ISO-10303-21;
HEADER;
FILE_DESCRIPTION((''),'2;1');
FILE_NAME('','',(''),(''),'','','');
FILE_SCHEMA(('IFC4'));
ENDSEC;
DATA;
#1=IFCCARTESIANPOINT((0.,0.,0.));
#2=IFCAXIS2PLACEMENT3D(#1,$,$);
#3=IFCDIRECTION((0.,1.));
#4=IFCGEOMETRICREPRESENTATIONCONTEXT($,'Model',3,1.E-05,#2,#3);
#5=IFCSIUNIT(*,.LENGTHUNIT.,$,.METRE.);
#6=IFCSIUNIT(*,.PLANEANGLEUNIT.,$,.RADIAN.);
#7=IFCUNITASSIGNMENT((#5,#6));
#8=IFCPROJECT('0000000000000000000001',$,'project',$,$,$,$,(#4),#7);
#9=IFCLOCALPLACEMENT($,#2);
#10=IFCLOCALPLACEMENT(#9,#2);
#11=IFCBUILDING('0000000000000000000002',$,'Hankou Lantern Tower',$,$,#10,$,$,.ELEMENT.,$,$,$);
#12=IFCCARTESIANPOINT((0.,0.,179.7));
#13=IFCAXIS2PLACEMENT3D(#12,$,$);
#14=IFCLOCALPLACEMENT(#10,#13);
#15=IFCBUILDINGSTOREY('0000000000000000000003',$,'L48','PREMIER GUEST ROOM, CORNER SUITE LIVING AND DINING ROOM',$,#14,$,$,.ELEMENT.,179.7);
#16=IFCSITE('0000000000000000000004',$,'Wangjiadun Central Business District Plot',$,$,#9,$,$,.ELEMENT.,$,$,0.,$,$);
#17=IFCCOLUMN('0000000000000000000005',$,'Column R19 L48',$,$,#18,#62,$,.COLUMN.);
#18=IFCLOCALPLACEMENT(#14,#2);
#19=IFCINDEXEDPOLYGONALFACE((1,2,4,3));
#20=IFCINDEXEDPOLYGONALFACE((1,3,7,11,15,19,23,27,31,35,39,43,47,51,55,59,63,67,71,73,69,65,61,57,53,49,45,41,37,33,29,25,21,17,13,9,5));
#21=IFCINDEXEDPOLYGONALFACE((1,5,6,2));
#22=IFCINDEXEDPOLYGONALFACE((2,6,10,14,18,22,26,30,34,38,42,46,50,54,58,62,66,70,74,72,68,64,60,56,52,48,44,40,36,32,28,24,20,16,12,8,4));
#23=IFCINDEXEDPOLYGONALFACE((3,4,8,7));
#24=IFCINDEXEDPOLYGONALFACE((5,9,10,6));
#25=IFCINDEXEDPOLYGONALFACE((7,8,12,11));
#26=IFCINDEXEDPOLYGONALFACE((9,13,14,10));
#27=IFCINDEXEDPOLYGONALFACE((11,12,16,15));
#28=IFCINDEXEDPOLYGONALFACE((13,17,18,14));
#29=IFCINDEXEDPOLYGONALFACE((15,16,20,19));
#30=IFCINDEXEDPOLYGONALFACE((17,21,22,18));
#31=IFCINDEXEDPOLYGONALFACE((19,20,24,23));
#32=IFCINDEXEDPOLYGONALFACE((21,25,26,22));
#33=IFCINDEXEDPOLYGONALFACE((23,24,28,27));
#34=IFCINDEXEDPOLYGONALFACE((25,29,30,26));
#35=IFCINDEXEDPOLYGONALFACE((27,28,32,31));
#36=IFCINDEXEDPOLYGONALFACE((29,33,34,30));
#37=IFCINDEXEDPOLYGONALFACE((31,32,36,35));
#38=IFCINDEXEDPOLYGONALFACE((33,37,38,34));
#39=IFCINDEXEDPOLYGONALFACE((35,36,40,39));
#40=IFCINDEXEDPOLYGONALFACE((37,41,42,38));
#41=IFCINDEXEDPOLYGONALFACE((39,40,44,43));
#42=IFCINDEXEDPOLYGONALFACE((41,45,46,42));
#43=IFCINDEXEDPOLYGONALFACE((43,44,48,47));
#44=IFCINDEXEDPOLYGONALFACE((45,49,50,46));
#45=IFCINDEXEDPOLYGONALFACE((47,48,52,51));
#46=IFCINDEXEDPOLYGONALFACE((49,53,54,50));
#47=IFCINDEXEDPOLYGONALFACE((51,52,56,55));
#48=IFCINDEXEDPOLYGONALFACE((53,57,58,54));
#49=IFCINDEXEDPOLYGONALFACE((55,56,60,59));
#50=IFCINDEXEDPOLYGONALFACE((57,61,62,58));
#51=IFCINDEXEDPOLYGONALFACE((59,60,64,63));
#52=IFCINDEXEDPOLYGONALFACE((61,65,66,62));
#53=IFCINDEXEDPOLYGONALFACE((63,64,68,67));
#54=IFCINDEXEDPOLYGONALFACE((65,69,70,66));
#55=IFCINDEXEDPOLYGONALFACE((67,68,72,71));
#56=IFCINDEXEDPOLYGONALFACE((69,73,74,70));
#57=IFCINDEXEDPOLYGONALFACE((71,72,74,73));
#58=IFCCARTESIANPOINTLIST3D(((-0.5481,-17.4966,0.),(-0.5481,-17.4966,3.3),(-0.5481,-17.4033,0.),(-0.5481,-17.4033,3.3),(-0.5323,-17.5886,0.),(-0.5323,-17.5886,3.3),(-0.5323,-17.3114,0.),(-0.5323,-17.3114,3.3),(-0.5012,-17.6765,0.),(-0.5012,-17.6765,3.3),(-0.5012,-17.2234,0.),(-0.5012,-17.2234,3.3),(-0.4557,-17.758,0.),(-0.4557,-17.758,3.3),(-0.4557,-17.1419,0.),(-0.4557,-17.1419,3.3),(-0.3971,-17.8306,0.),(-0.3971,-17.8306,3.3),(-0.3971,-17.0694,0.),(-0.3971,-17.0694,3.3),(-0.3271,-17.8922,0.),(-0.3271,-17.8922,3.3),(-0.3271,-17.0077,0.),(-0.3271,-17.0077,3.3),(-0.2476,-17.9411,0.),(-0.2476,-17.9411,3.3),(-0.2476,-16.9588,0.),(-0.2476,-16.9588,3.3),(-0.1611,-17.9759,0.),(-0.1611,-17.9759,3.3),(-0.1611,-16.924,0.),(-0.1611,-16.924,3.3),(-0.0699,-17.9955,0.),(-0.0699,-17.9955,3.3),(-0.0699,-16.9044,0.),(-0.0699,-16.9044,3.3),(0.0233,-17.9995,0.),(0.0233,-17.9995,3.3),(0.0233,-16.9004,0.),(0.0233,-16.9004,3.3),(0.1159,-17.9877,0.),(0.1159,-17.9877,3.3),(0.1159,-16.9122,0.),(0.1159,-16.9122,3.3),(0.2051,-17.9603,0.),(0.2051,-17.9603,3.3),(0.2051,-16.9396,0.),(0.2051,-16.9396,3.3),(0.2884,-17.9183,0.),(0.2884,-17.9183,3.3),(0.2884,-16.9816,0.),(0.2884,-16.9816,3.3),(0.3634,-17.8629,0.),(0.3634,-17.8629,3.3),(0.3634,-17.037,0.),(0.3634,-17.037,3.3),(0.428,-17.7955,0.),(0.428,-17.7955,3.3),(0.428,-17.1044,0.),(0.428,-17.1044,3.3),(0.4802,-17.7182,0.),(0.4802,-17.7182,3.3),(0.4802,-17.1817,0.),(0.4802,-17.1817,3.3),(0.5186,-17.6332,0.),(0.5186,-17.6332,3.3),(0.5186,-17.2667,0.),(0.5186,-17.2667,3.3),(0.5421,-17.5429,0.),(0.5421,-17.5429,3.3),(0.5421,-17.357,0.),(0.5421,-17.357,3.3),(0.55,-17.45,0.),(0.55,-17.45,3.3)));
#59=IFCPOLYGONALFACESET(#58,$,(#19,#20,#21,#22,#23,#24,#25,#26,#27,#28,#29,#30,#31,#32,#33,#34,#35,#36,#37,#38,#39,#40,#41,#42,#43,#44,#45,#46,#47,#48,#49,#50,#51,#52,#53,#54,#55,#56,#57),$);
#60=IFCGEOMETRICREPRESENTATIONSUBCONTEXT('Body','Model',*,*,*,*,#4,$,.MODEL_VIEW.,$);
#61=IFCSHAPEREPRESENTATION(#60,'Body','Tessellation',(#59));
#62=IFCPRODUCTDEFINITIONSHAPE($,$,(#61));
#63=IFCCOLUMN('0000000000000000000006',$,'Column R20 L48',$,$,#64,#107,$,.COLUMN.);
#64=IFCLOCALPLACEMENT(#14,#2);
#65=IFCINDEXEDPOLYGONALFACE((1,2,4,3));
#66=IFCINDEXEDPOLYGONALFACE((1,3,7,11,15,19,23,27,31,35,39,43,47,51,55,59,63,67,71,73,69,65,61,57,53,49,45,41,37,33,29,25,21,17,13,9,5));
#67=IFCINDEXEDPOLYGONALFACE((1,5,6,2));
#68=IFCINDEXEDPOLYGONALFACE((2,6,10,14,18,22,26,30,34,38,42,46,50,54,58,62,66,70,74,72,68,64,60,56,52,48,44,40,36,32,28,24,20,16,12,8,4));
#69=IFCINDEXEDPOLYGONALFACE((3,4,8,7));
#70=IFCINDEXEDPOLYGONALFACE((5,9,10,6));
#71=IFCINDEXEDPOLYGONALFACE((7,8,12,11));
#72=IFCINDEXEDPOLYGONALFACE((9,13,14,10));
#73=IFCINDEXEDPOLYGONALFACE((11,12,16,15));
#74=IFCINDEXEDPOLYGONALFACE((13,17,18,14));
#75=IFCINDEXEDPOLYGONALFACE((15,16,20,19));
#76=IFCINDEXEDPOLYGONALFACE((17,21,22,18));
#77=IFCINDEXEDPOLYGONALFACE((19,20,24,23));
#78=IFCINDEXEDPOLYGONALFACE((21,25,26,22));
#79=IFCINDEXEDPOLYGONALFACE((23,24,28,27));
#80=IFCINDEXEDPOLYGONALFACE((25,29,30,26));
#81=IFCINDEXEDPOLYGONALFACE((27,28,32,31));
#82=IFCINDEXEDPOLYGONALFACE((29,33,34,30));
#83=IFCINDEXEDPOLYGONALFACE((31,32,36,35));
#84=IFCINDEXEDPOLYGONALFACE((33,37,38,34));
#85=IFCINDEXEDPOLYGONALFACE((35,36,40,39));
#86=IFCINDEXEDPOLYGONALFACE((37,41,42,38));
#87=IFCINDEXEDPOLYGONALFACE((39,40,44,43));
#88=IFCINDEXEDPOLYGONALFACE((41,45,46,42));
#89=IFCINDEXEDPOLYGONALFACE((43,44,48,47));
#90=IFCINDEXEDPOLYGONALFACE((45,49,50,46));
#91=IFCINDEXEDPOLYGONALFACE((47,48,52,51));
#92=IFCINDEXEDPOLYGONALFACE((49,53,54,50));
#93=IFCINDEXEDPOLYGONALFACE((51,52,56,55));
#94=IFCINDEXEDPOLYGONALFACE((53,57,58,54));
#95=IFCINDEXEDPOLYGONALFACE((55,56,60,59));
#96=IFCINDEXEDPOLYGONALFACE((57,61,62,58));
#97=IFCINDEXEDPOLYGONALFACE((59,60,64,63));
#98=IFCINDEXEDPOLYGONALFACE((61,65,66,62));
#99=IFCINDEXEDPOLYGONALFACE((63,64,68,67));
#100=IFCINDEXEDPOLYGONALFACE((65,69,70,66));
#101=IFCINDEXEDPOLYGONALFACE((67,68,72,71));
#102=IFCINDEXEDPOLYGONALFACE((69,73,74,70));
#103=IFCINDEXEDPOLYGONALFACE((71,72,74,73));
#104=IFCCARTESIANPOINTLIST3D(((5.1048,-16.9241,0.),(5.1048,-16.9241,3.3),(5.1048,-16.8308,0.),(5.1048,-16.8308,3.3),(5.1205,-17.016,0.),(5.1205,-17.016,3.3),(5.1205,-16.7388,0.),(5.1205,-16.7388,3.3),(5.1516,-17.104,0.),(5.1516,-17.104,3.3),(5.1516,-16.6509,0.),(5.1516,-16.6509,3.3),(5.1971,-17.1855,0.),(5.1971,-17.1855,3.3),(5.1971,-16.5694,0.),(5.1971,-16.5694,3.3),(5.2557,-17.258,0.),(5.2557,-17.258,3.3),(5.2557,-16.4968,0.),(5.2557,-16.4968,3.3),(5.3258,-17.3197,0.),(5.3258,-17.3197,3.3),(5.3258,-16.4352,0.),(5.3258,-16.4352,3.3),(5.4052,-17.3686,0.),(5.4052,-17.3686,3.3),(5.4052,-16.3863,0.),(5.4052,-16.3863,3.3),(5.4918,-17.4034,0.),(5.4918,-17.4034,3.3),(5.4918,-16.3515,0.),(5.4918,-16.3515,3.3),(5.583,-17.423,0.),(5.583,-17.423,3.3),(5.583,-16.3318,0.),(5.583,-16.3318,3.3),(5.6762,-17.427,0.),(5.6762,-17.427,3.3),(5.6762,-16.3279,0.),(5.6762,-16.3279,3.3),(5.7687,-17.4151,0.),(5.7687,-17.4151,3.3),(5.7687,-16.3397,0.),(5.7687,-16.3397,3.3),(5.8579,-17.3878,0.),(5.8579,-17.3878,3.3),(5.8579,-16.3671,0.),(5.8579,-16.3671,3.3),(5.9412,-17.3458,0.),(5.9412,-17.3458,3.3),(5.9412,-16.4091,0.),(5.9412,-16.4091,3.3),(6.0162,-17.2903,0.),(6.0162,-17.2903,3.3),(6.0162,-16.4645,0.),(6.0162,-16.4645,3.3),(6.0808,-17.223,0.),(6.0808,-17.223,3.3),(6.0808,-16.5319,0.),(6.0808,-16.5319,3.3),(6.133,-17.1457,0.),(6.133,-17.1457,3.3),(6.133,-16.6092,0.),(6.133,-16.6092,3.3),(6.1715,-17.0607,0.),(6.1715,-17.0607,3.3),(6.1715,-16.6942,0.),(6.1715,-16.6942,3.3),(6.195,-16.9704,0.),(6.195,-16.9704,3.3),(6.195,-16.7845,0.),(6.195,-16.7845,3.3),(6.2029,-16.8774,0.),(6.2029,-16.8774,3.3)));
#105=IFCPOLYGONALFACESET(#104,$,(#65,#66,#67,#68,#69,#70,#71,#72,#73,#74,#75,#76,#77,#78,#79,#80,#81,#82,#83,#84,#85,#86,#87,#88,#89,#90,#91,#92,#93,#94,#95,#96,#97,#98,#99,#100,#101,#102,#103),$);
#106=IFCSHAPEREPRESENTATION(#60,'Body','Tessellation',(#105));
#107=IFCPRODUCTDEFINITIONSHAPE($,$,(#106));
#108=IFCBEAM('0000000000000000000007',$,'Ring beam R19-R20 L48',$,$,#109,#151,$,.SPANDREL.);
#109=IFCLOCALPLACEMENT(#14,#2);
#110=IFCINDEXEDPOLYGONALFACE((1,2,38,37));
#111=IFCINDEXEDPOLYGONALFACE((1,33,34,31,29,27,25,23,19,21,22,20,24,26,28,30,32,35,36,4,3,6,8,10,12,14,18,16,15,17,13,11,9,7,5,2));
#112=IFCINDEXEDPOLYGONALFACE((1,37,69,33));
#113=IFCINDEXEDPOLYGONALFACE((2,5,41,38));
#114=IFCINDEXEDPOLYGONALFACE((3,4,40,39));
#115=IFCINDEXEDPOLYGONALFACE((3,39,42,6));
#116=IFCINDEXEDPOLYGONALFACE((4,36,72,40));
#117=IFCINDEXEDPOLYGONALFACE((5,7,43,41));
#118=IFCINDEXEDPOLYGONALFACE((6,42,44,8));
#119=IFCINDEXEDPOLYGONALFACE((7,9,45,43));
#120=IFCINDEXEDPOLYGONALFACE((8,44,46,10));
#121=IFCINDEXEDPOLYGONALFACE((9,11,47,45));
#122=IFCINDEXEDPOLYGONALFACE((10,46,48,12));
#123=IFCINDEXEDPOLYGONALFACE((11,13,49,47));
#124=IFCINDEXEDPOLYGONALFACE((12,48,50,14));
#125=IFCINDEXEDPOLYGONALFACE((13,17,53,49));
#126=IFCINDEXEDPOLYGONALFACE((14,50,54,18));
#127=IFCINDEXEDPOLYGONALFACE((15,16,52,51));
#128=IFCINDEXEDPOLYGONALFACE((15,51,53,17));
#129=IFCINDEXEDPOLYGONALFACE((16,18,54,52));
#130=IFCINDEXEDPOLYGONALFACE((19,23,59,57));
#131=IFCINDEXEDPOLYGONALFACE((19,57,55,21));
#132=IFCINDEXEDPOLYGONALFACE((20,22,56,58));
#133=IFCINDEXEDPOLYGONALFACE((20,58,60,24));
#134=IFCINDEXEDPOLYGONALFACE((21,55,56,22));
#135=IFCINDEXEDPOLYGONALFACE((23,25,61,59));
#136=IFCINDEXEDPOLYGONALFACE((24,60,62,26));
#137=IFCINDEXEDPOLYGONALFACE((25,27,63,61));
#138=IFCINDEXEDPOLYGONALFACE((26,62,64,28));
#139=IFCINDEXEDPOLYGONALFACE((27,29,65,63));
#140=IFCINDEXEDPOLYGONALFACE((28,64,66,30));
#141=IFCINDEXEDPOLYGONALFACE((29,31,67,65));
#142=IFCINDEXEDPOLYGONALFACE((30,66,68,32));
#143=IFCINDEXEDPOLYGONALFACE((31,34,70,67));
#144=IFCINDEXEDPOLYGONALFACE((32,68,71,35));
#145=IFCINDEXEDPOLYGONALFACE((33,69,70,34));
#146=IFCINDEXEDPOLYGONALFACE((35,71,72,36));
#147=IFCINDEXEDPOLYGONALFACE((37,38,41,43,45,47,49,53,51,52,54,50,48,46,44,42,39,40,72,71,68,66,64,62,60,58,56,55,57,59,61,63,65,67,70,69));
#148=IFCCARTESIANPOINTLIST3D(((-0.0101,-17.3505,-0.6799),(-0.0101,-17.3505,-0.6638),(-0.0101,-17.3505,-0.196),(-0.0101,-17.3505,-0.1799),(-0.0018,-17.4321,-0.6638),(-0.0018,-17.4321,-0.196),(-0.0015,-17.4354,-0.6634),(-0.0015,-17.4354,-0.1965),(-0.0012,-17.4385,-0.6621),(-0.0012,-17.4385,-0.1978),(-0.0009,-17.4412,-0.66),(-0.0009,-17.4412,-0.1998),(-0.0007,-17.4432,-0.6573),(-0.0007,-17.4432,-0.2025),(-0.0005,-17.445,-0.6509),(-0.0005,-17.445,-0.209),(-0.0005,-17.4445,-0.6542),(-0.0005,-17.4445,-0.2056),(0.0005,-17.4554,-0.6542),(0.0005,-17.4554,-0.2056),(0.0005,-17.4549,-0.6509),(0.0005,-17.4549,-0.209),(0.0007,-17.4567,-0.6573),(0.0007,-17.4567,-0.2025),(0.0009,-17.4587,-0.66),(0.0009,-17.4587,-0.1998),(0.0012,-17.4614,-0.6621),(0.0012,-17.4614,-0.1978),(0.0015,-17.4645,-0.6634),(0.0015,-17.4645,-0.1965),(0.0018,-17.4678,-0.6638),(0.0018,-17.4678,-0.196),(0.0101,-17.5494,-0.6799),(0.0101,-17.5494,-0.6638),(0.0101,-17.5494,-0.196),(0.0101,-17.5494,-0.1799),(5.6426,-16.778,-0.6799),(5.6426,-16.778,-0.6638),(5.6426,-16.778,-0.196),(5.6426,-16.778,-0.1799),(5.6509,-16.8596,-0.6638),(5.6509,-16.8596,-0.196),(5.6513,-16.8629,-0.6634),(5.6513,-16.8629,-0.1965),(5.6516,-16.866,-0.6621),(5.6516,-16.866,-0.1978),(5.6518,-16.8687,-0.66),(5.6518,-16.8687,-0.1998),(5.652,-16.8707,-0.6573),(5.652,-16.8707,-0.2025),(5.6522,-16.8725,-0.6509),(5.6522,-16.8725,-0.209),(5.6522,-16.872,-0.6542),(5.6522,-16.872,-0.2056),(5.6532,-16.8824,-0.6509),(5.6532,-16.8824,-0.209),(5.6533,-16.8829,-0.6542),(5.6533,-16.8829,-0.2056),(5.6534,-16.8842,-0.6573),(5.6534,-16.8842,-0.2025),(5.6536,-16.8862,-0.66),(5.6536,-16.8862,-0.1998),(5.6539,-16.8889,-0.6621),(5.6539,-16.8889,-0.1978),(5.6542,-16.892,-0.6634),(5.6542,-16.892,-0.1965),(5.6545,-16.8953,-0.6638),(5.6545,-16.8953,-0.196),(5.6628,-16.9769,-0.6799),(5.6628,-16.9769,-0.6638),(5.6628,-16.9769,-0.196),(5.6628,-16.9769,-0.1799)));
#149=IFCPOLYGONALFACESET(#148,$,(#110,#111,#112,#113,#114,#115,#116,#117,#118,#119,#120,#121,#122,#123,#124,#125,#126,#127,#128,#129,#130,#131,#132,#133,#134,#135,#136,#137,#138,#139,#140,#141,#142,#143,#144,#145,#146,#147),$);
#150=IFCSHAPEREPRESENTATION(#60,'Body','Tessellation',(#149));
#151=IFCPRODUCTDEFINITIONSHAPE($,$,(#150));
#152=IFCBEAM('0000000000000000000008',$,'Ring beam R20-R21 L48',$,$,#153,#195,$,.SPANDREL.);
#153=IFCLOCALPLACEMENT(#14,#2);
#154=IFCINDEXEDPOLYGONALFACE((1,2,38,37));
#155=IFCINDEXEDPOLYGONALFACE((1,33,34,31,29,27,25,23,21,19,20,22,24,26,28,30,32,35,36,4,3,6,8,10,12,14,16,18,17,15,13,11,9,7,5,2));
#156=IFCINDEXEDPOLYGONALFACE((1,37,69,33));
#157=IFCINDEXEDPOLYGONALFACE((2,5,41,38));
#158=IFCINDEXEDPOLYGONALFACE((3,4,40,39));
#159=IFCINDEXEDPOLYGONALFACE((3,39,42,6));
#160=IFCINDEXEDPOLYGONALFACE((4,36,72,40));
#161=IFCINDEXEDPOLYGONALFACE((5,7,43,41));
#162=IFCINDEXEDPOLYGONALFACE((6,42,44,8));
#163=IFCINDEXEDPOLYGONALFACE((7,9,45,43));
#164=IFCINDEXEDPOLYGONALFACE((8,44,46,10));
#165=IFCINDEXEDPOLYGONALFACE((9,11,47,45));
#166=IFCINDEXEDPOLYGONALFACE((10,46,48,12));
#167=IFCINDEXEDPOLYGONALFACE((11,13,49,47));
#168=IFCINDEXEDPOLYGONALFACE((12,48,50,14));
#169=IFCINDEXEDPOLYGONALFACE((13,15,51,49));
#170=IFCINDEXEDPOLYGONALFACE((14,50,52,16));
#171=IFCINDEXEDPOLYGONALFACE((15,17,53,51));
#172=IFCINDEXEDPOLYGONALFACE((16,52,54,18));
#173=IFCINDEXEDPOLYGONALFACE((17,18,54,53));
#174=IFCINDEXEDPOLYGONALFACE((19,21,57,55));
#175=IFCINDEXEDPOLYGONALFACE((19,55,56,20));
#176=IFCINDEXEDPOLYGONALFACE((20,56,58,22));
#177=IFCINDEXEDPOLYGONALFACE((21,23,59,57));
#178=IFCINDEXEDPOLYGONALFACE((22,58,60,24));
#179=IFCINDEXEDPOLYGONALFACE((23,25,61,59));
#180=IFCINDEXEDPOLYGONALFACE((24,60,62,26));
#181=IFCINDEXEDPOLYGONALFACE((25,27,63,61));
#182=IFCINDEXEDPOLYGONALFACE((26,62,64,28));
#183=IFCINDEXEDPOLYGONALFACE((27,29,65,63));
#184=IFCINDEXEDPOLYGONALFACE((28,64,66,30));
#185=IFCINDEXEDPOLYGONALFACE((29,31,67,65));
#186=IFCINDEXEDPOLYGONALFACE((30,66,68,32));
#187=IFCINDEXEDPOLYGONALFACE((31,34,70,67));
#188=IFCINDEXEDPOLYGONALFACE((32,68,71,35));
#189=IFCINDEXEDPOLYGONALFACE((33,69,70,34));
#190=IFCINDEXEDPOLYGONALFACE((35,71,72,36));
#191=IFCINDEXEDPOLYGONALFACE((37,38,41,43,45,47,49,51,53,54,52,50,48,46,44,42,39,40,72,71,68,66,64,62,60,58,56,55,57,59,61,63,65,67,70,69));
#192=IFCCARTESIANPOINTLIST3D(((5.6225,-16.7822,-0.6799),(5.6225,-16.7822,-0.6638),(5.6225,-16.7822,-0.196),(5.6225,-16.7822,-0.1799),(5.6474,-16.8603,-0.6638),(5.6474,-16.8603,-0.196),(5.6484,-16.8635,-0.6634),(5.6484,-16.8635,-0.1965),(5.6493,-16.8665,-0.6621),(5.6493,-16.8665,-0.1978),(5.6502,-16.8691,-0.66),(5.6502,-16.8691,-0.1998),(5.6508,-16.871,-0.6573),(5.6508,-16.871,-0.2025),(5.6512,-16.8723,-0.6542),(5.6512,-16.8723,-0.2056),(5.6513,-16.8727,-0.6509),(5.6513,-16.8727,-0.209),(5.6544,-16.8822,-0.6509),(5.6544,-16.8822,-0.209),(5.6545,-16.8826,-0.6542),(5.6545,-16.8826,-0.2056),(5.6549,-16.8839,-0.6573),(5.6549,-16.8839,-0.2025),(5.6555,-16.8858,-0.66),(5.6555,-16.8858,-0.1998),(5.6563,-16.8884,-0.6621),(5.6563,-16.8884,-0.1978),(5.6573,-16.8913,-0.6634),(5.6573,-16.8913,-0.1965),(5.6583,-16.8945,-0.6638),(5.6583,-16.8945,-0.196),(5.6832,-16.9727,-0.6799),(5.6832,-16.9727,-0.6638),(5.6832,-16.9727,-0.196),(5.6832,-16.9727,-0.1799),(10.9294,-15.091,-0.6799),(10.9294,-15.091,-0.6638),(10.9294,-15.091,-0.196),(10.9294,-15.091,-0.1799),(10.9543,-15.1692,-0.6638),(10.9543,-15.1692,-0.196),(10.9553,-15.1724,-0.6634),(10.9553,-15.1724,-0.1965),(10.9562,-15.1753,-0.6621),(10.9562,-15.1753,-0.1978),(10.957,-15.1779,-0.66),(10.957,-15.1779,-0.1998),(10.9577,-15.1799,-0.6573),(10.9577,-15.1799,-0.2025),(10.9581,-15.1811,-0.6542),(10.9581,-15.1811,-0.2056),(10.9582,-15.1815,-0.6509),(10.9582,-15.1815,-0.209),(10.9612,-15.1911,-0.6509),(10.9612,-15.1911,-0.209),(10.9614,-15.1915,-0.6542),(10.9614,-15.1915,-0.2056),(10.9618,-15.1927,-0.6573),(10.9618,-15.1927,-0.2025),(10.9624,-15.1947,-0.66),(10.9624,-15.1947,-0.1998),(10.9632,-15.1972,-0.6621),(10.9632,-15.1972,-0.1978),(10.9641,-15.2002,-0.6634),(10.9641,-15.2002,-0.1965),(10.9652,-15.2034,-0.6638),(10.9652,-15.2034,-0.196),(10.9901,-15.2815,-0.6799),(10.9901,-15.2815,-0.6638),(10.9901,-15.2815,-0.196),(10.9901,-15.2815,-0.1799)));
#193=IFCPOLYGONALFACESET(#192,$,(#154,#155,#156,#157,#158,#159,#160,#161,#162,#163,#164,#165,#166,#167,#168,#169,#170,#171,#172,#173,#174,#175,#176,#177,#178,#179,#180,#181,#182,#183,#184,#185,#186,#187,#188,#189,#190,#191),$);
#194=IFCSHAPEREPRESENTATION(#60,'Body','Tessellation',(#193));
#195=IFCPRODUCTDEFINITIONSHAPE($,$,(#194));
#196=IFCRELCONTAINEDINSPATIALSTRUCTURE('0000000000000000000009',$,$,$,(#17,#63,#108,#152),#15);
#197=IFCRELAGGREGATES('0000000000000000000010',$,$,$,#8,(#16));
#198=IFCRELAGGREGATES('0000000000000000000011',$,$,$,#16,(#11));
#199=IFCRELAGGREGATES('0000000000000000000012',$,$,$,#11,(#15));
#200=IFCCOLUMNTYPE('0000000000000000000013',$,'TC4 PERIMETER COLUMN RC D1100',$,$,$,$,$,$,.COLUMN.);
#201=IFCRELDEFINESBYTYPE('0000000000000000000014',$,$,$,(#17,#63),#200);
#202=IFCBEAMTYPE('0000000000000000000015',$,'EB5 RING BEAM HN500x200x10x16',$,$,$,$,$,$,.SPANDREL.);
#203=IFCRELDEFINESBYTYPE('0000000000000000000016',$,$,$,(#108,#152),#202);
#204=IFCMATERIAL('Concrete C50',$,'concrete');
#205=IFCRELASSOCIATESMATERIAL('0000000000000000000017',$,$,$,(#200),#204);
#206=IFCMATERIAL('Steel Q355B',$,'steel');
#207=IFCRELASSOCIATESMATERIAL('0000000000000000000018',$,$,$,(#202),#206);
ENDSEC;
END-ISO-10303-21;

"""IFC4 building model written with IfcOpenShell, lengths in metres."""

from ifc_helpers import new_model, si_unit, direction, frame, origin, origin_2d, place, context, subcontext, project, spatial, circle, i_section, extrude, material, material_profile, profile_set, type_object, element, save


model = new_model("IFC4")

# Units and contexts
model_context = context("Model", 3, precision=1e-05, world=origin(), true_north=direction((0.0, 1.0)))
body_context = subcontext(model_context, "Body", "Model", "MODEL_VIEW")
ifc_project = project(units=[si_unit("LENGTHUNIT", "METRE"), si_unit("PLANEANGLEUNIT", "RADIAN")], contexts=[model_context])

# Site, building, storey
site_placement = place(None, origin())
site = spatial("IfcSite", under=ifc_project, at=site_placement, Name="Wangjiadun Central Business District Plot", CompositionType="ELEMENT", RefElevation=0.0)
building_placement = place(site_placement, origin())
building = spatial("IfcBuilding", under=site, at=building_placement, Name="Hankou Lantern Tower", CompositionType="ELEMENT")
storey_placement = place(building_placement, frame((0.0, 0.0, 179.7)))
storey = spatial("IfcBuildingStorey", under=building, at=storey_placement, Name="L48", Description="PREMIER GUEST ROOM, CORNER SUITE LIVING AND DINING ROOM", CompositionType="ELEMENT", Elevation=179.7)

# Columns
ifc_material_1 = material(Name="Concrete C50", Category="concrete")
ifc_material_profile_1 = material_profile(ifc_material_1, circle(Radius=0.55, at=origin_2d()), Name="RC D1100")
ifc_profile_set_1 = profile_set([ifc_material_profile_1], Name="Concrete C50")
column_type = type_object("IfcColumnType", Name="TC4 PERIMETER COLUMN RC D1100", PredefinedType="COLUMN", material=ifc_profile_set_1)
for number, where, z_axis, x_axis, name in (
    (1, (0.0, -17.45, 0.0), (0.0, 0.0, 1.0), (1.0, 0.0, 0.0), "Column R19 L48"),
    (2, (5.6528, -16.8774, 0.0), (0.0, 0.0, 1.0), (1.0, 0.0, 0.0), "Column R20 L48"),
):
    element("IfcColumn", number, at=place(storey_placement, frame(where, z_axis=z_axis, x_axis=x_axis)), inside=storey, type_object=column_type, Name=name, PredefinedType="COLUMN", context=body_context, shape_type="SweptSolid", body=[
        extrude(circle(Radius=0.55, at=origin_2d()), origin(), (0.0, 0.0, 1.0), 3.3),
    ])

# Beams
ifc_material_2 = material(Name="Steel Q355B", Category="steel")
ifc_material_profile_2 = material_profile(ifc_material_2, i_section(OverallWidth=0.2, OverallDepth=0.5, WebThickness=0.01, FlangeThickness=0.0161, FilletRadius=0.0129, at=origin_2d()), Name="HN500x200x10x16")
ifc_profile_set_2 = profile_set([ifc_material_profile_2], Name="Steel Q355B")
beam_type_1 = type_object("IfcBeamType", Name="EB5 RING BEAM HN500x200x10x16", PredefinedType="SPANDREL", material=ifc_profile_set_2)
beam_1_placement = place(storey_placement, frame((0.0, -17.45, -0.4299), z_axis=(0.99491, 0.100763, 0.0), x_axis=(-0.100763, 0.99491, 0.0)))
element("IfcBeam", 3, at=beam_1_placement, inside=storey, type_object=beam_type_1, Name="Ring beam R19-R20 L48", PredefinedType="SPANDREL", context=body_context, shape_type="SweptSolid", body=[
    extrude(i_section(OverallWidth=0.2, OverallDepth=0.5, WebThickness=0.01, FlangeThickness=0.0161, FilletRadius=0.0129, at=origin_2d()), origin(), (0.0, 0.0, 1.0), 5.6816),
])
beam_2_placement = place(storey_placement, frame((5.6528, -16.8774, -0.4299), z_axis=(0.95279, 0.303629, 0.0), x_axis=(-0.303629, 0.95279, 0.0)))
element("IfcBeam", 4, at=beam_2_placement, inside=storey, type_object=beam_type_1, Name="Ring beam R20-R21 L48", PredefinedType="SPANDREL", context=body_context, shape_type="SweptSolid", body=[
    extrude(i_section(OverallWidth=0.2, OverallDepth=0.5, WebThickness=0.01, FlangeThickness=0.0161, FilletRadius=0.0129, at=origin_2d()), origin(), (0.0, 0.0, 1.0), 5.5698),
])

save(model, "model.ifc")
